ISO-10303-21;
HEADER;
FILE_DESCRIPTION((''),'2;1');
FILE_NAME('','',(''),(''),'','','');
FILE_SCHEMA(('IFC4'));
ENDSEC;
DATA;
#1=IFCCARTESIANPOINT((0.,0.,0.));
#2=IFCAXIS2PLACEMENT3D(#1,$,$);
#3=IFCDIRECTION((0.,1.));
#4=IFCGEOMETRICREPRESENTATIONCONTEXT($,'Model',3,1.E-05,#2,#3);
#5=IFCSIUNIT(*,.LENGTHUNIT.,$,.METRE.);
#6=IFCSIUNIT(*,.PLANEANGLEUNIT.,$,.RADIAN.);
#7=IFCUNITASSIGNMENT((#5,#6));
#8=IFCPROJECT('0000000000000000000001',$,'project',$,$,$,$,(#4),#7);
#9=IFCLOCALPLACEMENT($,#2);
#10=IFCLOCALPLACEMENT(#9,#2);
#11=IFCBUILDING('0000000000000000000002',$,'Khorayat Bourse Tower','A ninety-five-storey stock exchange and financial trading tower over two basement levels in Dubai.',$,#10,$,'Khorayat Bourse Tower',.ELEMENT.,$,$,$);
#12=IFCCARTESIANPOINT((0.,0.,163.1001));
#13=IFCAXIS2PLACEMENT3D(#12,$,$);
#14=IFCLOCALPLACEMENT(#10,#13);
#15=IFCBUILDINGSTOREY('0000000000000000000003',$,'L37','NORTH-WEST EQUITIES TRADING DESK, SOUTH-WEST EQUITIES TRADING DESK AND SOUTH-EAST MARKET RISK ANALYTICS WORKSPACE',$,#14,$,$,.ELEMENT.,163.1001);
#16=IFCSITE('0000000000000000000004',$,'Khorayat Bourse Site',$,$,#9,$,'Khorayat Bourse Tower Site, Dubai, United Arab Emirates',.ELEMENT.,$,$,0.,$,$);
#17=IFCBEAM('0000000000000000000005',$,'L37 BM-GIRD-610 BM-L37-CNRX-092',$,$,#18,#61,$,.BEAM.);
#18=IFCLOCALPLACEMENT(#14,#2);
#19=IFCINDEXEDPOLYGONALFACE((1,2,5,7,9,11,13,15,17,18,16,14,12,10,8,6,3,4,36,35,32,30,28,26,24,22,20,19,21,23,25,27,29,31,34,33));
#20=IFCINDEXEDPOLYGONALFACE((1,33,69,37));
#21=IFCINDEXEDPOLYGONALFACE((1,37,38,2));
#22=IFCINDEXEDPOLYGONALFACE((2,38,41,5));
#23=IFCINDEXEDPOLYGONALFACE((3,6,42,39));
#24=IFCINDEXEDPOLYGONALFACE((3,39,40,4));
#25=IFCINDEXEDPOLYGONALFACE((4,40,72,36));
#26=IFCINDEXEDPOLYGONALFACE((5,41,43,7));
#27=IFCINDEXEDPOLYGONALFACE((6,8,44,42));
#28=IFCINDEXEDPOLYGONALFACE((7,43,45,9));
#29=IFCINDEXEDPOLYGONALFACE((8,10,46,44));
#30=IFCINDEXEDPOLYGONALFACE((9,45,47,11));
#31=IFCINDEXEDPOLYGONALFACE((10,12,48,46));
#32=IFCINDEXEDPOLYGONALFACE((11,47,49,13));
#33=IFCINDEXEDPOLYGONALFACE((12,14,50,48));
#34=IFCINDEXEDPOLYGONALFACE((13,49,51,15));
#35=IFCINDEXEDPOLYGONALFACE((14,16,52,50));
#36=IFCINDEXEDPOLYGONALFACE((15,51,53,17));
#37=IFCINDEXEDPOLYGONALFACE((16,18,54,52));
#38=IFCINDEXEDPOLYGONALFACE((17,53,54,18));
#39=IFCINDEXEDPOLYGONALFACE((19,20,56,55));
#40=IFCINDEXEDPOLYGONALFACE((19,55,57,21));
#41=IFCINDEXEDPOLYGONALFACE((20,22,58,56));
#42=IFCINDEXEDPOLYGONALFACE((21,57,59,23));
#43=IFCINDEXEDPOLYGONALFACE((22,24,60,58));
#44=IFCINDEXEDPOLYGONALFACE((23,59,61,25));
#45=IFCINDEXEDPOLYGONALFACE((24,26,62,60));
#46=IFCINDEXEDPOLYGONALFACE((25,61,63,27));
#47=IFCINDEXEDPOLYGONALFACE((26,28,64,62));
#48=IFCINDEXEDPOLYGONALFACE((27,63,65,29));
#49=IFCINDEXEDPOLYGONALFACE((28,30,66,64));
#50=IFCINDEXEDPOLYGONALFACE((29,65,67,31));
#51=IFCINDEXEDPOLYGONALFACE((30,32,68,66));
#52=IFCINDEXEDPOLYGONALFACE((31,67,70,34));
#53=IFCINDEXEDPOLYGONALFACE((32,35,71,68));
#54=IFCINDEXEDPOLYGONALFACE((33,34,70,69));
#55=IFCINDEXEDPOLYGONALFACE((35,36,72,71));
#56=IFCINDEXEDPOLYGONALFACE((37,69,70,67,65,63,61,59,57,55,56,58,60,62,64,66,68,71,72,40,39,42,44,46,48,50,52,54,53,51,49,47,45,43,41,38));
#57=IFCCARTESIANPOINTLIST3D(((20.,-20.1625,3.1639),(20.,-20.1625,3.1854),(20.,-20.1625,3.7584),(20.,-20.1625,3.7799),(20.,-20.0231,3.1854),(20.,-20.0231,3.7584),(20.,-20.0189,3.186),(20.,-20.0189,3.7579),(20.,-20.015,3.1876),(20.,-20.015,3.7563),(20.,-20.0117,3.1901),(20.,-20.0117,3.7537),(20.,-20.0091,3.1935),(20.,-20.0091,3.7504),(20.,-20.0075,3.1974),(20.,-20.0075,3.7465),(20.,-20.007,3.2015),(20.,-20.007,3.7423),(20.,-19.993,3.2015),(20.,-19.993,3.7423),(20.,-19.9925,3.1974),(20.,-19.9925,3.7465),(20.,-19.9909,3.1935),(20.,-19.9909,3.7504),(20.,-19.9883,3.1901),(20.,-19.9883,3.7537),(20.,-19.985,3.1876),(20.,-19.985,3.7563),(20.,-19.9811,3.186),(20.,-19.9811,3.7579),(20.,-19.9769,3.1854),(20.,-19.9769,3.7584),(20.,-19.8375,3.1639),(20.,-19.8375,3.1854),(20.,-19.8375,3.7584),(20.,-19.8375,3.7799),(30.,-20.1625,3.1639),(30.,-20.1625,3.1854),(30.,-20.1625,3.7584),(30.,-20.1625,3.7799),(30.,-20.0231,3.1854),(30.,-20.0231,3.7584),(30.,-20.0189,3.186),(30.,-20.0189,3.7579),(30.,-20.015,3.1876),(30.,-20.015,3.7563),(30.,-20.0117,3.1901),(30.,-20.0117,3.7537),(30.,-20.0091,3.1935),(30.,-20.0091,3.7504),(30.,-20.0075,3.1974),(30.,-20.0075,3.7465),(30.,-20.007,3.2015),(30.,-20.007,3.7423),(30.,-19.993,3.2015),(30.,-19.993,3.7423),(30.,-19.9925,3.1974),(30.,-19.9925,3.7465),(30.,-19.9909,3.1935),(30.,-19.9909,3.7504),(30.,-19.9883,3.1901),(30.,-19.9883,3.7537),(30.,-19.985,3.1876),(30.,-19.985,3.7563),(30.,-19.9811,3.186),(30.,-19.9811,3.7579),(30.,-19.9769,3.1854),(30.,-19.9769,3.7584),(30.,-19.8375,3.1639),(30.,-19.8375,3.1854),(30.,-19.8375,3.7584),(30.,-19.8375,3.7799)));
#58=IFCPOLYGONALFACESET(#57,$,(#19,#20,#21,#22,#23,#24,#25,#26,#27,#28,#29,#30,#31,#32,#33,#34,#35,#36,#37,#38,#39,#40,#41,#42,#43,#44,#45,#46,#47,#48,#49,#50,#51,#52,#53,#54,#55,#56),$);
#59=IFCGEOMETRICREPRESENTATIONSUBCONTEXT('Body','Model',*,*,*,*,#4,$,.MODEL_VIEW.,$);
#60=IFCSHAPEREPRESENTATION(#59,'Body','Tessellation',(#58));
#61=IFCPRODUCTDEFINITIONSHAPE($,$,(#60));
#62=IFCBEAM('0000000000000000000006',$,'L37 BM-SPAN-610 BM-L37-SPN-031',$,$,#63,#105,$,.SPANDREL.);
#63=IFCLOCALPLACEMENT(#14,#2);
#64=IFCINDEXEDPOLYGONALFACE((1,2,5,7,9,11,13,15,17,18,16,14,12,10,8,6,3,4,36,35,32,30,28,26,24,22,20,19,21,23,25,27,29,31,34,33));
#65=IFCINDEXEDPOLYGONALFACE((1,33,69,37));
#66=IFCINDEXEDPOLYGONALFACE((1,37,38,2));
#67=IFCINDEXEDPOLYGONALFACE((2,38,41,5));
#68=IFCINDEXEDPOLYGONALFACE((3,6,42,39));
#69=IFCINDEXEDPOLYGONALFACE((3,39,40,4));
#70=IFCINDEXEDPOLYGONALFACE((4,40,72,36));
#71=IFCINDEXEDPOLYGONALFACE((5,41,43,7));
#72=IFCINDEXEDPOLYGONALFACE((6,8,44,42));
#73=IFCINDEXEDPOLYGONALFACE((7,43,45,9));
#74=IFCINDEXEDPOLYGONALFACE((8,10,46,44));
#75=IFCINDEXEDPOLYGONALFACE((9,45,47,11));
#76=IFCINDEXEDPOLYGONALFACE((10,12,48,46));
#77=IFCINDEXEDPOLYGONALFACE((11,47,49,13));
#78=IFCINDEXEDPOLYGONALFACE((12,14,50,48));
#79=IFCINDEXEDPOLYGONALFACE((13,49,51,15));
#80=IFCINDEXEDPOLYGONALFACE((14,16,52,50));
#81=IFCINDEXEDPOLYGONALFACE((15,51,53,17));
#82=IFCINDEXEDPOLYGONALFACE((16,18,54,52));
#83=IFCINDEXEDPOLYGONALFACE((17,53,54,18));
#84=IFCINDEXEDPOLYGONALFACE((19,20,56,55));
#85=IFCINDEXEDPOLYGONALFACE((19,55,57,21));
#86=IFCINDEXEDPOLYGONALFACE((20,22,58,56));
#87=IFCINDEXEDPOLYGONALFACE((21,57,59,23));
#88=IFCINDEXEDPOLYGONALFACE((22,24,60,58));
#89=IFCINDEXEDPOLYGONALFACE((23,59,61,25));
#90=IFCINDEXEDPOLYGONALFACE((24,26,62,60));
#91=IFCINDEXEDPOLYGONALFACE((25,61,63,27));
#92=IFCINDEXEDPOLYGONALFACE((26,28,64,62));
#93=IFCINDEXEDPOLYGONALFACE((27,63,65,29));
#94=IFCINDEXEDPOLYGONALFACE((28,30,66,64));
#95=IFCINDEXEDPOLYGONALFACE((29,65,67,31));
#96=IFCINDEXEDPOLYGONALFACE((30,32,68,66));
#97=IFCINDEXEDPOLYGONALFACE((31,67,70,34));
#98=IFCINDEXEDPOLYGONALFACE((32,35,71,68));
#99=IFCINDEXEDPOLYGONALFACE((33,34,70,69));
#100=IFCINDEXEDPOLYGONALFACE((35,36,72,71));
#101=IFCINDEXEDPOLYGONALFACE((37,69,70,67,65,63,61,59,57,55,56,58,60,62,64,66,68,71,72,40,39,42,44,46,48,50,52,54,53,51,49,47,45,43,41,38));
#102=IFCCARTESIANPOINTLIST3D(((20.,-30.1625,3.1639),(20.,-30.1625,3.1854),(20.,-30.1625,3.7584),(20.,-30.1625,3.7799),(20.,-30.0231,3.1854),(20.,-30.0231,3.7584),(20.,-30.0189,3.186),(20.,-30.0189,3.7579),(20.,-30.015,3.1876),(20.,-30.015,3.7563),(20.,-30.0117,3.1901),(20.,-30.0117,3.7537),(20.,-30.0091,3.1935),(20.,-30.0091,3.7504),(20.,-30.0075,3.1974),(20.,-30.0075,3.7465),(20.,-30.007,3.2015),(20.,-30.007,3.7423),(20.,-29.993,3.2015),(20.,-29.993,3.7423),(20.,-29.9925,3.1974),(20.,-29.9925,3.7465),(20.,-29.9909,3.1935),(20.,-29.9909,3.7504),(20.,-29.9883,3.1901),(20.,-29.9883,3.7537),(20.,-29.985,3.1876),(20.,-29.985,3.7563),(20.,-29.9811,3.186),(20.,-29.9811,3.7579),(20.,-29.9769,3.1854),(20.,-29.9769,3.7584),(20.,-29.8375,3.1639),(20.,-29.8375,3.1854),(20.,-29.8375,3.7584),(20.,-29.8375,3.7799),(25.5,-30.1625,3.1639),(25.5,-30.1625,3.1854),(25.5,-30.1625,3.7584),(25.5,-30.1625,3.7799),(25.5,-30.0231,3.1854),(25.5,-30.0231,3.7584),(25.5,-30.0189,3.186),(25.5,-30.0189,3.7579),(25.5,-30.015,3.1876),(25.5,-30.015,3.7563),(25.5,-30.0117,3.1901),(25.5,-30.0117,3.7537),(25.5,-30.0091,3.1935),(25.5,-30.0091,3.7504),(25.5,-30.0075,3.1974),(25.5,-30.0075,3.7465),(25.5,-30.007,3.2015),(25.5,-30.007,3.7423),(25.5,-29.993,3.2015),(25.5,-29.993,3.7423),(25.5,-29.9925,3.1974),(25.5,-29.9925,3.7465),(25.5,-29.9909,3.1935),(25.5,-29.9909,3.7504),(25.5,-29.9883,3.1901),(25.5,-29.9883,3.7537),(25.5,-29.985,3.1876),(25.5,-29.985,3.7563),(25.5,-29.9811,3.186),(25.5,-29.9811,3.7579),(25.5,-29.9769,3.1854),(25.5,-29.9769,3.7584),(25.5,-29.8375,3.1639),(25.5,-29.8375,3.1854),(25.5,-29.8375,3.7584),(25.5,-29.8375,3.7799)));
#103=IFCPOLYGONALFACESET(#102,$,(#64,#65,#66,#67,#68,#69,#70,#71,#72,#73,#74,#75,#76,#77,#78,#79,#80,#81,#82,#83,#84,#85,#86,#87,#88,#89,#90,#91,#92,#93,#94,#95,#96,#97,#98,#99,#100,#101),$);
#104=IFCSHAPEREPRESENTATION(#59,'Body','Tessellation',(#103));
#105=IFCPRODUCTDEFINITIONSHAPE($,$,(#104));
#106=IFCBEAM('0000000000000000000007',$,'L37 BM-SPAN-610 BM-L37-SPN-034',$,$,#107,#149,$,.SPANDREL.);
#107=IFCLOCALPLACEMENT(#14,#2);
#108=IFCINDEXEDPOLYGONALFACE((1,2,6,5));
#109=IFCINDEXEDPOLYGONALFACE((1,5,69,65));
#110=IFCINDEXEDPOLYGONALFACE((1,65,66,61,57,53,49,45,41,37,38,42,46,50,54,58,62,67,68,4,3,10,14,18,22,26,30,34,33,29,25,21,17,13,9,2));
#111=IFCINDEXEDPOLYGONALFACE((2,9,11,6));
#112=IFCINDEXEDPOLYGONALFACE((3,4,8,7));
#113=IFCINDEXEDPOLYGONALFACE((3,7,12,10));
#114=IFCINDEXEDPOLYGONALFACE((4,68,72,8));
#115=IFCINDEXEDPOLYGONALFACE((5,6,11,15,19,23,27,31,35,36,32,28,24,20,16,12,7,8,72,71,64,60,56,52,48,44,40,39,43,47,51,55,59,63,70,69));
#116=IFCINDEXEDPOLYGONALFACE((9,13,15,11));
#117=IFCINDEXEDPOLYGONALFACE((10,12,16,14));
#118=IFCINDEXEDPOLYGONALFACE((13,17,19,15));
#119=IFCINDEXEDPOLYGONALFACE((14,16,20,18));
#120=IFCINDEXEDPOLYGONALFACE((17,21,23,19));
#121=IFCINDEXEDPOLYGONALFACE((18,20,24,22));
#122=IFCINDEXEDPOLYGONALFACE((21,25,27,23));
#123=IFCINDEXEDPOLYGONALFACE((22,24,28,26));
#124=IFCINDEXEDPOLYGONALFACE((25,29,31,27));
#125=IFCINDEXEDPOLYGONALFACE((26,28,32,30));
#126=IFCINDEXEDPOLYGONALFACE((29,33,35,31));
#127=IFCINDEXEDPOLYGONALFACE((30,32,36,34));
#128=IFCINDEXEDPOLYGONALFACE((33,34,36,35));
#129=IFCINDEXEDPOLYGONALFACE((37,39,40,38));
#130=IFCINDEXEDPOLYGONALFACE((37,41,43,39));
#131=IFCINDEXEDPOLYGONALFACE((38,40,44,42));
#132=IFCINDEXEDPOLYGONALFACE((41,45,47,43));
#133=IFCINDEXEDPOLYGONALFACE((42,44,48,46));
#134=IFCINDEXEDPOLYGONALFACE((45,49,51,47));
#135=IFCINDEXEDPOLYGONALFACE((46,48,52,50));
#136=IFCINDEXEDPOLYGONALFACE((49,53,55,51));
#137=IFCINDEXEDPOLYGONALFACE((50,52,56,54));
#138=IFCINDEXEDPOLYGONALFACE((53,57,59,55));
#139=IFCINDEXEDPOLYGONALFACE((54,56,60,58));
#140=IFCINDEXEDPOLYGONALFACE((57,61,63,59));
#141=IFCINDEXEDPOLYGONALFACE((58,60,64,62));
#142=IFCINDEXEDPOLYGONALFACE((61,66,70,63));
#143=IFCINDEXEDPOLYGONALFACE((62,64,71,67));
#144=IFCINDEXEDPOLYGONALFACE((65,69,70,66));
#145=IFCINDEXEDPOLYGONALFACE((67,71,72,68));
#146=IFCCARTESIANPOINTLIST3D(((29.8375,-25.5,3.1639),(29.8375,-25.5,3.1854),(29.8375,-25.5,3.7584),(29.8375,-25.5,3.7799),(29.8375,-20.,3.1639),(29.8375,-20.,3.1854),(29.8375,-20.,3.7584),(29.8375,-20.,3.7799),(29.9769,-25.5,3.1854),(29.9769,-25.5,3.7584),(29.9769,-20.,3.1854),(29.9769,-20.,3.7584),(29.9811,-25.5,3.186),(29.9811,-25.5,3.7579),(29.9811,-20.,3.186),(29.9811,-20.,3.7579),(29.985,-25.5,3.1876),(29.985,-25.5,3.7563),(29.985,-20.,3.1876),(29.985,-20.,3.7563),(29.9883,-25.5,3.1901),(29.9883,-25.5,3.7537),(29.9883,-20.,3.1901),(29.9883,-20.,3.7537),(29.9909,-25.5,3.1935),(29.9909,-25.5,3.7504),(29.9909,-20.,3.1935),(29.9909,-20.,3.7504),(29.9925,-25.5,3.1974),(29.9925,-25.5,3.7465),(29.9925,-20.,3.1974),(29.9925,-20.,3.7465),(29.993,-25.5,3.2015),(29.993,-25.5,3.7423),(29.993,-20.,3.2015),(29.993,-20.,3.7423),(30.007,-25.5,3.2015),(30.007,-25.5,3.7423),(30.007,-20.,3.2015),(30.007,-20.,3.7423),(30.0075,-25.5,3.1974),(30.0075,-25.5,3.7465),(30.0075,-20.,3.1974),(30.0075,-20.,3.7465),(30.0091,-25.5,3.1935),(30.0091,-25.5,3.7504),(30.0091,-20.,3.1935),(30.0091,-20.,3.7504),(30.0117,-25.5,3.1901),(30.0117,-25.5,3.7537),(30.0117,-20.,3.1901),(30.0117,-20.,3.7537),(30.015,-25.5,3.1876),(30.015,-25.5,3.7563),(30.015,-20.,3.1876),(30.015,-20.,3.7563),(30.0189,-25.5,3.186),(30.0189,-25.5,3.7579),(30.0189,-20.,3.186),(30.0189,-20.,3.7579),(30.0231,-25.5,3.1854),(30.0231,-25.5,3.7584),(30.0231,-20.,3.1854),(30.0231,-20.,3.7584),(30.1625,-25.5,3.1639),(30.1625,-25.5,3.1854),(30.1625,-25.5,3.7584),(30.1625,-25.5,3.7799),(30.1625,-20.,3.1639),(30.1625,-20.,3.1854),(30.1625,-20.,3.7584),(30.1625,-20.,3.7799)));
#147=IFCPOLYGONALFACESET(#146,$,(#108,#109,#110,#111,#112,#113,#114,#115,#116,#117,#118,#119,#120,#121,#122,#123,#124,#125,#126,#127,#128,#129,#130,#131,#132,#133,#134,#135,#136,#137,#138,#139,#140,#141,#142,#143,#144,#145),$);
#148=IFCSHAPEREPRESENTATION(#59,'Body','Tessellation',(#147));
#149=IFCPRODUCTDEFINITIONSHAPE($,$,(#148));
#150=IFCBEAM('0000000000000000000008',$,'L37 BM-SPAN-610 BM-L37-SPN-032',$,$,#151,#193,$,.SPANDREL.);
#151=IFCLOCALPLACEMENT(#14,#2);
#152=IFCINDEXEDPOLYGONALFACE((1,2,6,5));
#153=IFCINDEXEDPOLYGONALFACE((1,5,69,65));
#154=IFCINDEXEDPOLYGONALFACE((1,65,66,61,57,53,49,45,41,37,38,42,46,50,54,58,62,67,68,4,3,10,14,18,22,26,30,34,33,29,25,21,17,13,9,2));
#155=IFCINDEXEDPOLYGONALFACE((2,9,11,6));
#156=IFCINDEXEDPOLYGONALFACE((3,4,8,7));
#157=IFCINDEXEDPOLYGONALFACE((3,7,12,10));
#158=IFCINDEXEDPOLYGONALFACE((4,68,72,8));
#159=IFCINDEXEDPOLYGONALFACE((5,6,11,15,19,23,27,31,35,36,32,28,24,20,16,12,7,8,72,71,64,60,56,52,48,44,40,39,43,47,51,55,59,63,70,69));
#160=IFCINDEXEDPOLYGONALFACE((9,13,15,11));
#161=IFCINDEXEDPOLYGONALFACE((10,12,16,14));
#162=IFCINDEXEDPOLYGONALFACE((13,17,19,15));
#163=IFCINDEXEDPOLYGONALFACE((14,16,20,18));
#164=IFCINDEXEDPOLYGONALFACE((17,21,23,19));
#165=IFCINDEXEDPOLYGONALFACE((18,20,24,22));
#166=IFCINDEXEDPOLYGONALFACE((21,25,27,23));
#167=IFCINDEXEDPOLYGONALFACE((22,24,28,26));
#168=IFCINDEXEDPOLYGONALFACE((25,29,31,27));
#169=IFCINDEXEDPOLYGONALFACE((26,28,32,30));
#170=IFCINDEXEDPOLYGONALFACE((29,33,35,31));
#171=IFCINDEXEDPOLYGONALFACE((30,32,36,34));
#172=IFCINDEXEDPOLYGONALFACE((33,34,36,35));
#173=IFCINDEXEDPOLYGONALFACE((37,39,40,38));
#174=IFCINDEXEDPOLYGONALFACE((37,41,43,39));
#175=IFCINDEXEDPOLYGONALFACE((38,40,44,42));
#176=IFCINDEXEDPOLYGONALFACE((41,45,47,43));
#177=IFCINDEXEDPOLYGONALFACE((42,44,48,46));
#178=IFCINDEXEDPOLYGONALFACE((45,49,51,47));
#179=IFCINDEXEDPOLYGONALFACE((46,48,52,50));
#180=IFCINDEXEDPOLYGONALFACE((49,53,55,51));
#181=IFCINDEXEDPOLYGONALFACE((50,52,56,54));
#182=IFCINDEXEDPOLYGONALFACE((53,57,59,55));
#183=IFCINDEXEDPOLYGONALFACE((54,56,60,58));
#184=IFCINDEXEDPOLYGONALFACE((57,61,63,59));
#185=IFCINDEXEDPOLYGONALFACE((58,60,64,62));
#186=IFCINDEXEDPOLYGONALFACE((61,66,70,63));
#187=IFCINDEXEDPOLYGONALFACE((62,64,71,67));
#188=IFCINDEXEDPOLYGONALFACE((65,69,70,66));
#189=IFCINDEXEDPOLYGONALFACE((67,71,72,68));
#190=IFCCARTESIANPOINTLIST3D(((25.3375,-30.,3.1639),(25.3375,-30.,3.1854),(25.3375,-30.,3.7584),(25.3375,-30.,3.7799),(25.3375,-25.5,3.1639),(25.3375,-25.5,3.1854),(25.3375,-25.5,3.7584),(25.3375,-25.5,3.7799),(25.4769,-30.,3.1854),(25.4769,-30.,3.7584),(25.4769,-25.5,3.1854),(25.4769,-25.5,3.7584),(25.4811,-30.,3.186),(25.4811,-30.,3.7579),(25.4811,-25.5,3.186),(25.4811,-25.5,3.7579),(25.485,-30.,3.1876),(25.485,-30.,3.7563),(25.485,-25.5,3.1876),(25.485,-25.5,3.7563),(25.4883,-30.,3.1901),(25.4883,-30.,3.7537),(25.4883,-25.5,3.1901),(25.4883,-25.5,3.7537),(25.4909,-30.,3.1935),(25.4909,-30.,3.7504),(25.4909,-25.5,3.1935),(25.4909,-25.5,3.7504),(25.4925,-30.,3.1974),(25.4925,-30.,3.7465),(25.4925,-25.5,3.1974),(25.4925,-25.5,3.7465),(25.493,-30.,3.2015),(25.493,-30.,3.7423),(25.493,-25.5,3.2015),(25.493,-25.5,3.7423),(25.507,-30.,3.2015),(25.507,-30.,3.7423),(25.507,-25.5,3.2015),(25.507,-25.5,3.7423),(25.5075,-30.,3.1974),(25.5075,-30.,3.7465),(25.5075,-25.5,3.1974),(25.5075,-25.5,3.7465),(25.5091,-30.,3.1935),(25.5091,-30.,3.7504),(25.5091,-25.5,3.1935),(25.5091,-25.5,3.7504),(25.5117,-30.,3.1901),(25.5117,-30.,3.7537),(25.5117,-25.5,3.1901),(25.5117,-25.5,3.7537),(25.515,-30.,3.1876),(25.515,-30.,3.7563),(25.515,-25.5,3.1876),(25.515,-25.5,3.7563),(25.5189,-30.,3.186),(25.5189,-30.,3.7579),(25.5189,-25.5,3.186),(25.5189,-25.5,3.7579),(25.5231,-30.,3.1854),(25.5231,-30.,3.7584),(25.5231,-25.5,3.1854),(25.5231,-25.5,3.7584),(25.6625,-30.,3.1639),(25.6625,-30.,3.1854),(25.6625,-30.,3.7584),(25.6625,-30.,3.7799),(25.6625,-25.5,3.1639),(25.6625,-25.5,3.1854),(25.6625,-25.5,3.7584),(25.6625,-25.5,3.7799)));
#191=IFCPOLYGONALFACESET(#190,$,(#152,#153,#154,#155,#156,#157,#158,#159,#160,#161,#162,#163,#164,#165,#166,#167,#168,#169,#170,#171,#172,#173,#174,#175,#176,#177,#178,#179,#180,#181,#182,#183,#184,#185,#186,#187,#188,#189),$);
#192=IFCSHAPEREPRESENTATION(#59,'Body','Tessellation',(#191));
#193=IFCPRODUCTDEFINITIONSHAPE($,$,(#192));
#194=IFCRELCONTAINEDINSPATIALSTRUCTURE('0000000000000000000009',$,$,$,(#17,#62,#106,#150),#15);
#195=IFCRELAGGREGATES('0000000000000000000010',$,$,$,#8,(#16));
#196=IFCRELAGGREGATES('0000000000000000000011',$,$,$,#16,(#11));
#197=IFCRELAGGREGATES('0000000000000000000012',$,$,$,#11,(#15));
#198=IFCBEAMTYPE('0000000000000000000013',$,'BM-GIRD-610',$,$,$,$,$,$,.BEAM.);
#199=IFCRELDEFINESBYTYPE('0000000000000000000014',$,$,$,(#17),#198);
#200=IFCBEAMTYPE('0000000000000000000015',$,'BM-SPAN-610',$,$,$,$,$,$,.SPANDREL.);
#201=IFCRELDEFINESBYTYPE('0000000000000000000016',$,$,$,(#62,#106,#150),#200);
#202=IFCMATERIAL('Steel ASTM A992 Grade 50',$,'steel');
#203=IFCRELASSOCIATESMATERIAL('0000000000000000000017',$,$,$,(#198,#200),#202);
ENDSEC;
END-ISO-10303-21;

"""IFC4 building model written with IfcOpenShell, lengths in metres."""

from ifc_helpers import new_model, si_unit, direction, frame, origin, origin_2d, place, context, subcontext, project, spatial, i_section, extrude, source, transform, mapped, material, material_profile, profile_set, type_object, element, save


model = new_model("IFC4")

# Units and contexts
model_context = context("Model", 3, precision=1e-05, world=origin(), true_north=direction((0.0, 1.0)))
body_context = subcontext(model_context, "Body", "Model", "MODEL_VIEW")
ifc_project = project(units=[si_unit("LENGTHUNIT", "METRE"), si_unit("PLANEANGLEUNIT", "RADIAN")], contexts=[model_context])

# Site, building, storey
site_placement = place(None, origin())
site = spatial("IfcSite", under=ifc_project, at=site_placement, Name="Khorayat Bourse Site", LongName="Khorayat Bourse Tower Site, Dubai, United Arab Emirates", CompositionType="ELEMENT", RefElevation=0.0)
building_placement = place(site_placement, origin())
building = spatial("IfcBuilding", under=site, at=building_placement, Name="Khorayat Bourse Tower", Description="A ninety-five-storey stock exchange and financial trading tower over two basement levels in Dubai.", LongName="Khorayat Bourse Tower", CompositionType="ELEMENT")
storey_placement = place(building_placement, frame((0.0, 0.0, 163.1001)))
storey = spatial("IfcBuildingStorey", under=building, at=storey_placement, Name="L37", Description="NORTH-WEST EQUITIES TRADING DESK, SOUTH-WEST EQUITIES TRADING DESK AND SOUTH-EAST MARKET RISK ANALYTICS WORKSPACE", CompositionType="ELEMENT", Elevation=163.1001)

# Beams
ifc_material_1 = material(Name="Steel ASTM A992 Grade 50", Category="steel")
ifc_material_profile_1 = material_profile(ifc_material_1, i_section(OverallWidth=0.325, OverallDepth=0.616, WebThickness=0.0139, FlangeThickness=0.0215, FilletRadius=0.0161, at=origin_2d()), Name="W610X174")
ifc_profile_set_1 = profile_set([ifc_material_profile_1], Name="Steel ASTM A992 Grade 50")
beam_type_1 = type_object("IfcBeamType", Name="BM-GIRD-610", PredefinedType="BEAM", material=ifc_profile_set_1)
shared_shape_1 = source(origin(), body_context, "Body", "SweptSolid", [
    extrude(i_section(OverallWidth=0.325, OverallDepth=0.616, WebThickness=0.0139, FlangeThickness=0.0215, FilletRadius=0.0161, at=origin_2d()), origin(), (0.0, 0.0, 1.0), 10.0),
])
beam_1_placement = place(storey_placement, frame((20.0, -20.0, 3.4719), z_axis=(1.0, 0.0, 0.0), x_axis=(0.0, 1.0, 0.0)))
element("IfcBeam", 1, at=beam_1_placement, inside=storey, type_object=beam_type_1, Name="L37 BM-GIRD-610 BM-L37-CNRX-092", PredefinedType="BEAM", context=body_context, shape_type="MappedRepresentation", body=[
    mapped(shared_shape_1, transform((0.0, 0.0, 0.0), scale=1.0)),
])
ifc_material_profile_2 = material_profile(ifc_material_1, i_section(OverallWidth=0.325, OverallDepth=0.616, WebThickness=0.0139, FlangeThickness=0.0215, FilletRadius=0.0161, at=origin_2d()), Name="W610X174")
ifc_profile_set_2 = profile_set([ifc_material_profile_2], Name="Steel ASTM A992 Grade 50")
beam_type_2 = type_object("IfcBeamType", Name="BM-SPAN-610", PredefinedType="SPANDREL", material=ifc_profile_set_2)
shared_shape_2 = source(origin(), body_context, "Body", "SweptSolid", [
    extrude(i_section(OverallWidth=0.325, OverallDepth=0.616, WebThickness=0.0139, FlangeThickness=0.0215, FilletRadius=0.0161, at=origin_2d()), origin(), (0.0, 0.0, 1.0), 5.5),
])
for number, where, z_axis, x_axis, name in (
    (2, (20.0, -30.0, 3.4719), (1.0, 0.0, 0.0), (0.0, 1.0, 0.0), "L37 BM-SPAN-610 BM-L37-SPN-031"),
    (3, (30.0, -25.5, 3.4719), (0.0, 1.0, 0.0), (-1.0, 0.0, 0.0), "L37 BM-SPAN-610 BM-L37-SPN-034"),
):
    element("IfcBeam", number, at=place(storey_placement, frame(where, z_axis=z_axis, x_axis=x_axis)), inside=storey, type_object=beam_type_2, Name=name, PredefinedType="SPANDREL", context=body_context, shape_type="MappedRepresentation", body=[
        mapped(shared_shape_2, transform((0.0, 0.0, 0.0), scale=1.0)),
    ])
shared_shape_3 = source(origin(), body_context, "Body", "SweptSolid", [
    extrude(i_section(OverallWidth=0.325, OverallDepth=0.616, WebThickness=0.0139, FlangeThickness=0.0215, FilletRadius=0.0161, at=origin_2d()), origin(), (0.0, 0.0, 1.0), 4.5),
])
for number, where, z_axis, x_axis, name in (
    (4, (25.5, -30.0, 3.4719), (0.0, 1.0, 0.0), (-1.0, 0.0, 0.0), "L37 BM-SPAN-610 BM-L37-SPN-032"),
):
    element("IfcBeam", number, at=place(storey_placement, frame(where, z_axis=z_axis, x_axis=x_axis)), inside=storey, type_object=beam_type_2, Name=name, PredefinedType="SPANDREL", context=body_context, shape_type="MappedRepresentation", body=[
        mapped(shared_shape_3, transform((0.0, 0.0, 0.0), scale=1.0)),
    ])

save(model, "model.ifc")
